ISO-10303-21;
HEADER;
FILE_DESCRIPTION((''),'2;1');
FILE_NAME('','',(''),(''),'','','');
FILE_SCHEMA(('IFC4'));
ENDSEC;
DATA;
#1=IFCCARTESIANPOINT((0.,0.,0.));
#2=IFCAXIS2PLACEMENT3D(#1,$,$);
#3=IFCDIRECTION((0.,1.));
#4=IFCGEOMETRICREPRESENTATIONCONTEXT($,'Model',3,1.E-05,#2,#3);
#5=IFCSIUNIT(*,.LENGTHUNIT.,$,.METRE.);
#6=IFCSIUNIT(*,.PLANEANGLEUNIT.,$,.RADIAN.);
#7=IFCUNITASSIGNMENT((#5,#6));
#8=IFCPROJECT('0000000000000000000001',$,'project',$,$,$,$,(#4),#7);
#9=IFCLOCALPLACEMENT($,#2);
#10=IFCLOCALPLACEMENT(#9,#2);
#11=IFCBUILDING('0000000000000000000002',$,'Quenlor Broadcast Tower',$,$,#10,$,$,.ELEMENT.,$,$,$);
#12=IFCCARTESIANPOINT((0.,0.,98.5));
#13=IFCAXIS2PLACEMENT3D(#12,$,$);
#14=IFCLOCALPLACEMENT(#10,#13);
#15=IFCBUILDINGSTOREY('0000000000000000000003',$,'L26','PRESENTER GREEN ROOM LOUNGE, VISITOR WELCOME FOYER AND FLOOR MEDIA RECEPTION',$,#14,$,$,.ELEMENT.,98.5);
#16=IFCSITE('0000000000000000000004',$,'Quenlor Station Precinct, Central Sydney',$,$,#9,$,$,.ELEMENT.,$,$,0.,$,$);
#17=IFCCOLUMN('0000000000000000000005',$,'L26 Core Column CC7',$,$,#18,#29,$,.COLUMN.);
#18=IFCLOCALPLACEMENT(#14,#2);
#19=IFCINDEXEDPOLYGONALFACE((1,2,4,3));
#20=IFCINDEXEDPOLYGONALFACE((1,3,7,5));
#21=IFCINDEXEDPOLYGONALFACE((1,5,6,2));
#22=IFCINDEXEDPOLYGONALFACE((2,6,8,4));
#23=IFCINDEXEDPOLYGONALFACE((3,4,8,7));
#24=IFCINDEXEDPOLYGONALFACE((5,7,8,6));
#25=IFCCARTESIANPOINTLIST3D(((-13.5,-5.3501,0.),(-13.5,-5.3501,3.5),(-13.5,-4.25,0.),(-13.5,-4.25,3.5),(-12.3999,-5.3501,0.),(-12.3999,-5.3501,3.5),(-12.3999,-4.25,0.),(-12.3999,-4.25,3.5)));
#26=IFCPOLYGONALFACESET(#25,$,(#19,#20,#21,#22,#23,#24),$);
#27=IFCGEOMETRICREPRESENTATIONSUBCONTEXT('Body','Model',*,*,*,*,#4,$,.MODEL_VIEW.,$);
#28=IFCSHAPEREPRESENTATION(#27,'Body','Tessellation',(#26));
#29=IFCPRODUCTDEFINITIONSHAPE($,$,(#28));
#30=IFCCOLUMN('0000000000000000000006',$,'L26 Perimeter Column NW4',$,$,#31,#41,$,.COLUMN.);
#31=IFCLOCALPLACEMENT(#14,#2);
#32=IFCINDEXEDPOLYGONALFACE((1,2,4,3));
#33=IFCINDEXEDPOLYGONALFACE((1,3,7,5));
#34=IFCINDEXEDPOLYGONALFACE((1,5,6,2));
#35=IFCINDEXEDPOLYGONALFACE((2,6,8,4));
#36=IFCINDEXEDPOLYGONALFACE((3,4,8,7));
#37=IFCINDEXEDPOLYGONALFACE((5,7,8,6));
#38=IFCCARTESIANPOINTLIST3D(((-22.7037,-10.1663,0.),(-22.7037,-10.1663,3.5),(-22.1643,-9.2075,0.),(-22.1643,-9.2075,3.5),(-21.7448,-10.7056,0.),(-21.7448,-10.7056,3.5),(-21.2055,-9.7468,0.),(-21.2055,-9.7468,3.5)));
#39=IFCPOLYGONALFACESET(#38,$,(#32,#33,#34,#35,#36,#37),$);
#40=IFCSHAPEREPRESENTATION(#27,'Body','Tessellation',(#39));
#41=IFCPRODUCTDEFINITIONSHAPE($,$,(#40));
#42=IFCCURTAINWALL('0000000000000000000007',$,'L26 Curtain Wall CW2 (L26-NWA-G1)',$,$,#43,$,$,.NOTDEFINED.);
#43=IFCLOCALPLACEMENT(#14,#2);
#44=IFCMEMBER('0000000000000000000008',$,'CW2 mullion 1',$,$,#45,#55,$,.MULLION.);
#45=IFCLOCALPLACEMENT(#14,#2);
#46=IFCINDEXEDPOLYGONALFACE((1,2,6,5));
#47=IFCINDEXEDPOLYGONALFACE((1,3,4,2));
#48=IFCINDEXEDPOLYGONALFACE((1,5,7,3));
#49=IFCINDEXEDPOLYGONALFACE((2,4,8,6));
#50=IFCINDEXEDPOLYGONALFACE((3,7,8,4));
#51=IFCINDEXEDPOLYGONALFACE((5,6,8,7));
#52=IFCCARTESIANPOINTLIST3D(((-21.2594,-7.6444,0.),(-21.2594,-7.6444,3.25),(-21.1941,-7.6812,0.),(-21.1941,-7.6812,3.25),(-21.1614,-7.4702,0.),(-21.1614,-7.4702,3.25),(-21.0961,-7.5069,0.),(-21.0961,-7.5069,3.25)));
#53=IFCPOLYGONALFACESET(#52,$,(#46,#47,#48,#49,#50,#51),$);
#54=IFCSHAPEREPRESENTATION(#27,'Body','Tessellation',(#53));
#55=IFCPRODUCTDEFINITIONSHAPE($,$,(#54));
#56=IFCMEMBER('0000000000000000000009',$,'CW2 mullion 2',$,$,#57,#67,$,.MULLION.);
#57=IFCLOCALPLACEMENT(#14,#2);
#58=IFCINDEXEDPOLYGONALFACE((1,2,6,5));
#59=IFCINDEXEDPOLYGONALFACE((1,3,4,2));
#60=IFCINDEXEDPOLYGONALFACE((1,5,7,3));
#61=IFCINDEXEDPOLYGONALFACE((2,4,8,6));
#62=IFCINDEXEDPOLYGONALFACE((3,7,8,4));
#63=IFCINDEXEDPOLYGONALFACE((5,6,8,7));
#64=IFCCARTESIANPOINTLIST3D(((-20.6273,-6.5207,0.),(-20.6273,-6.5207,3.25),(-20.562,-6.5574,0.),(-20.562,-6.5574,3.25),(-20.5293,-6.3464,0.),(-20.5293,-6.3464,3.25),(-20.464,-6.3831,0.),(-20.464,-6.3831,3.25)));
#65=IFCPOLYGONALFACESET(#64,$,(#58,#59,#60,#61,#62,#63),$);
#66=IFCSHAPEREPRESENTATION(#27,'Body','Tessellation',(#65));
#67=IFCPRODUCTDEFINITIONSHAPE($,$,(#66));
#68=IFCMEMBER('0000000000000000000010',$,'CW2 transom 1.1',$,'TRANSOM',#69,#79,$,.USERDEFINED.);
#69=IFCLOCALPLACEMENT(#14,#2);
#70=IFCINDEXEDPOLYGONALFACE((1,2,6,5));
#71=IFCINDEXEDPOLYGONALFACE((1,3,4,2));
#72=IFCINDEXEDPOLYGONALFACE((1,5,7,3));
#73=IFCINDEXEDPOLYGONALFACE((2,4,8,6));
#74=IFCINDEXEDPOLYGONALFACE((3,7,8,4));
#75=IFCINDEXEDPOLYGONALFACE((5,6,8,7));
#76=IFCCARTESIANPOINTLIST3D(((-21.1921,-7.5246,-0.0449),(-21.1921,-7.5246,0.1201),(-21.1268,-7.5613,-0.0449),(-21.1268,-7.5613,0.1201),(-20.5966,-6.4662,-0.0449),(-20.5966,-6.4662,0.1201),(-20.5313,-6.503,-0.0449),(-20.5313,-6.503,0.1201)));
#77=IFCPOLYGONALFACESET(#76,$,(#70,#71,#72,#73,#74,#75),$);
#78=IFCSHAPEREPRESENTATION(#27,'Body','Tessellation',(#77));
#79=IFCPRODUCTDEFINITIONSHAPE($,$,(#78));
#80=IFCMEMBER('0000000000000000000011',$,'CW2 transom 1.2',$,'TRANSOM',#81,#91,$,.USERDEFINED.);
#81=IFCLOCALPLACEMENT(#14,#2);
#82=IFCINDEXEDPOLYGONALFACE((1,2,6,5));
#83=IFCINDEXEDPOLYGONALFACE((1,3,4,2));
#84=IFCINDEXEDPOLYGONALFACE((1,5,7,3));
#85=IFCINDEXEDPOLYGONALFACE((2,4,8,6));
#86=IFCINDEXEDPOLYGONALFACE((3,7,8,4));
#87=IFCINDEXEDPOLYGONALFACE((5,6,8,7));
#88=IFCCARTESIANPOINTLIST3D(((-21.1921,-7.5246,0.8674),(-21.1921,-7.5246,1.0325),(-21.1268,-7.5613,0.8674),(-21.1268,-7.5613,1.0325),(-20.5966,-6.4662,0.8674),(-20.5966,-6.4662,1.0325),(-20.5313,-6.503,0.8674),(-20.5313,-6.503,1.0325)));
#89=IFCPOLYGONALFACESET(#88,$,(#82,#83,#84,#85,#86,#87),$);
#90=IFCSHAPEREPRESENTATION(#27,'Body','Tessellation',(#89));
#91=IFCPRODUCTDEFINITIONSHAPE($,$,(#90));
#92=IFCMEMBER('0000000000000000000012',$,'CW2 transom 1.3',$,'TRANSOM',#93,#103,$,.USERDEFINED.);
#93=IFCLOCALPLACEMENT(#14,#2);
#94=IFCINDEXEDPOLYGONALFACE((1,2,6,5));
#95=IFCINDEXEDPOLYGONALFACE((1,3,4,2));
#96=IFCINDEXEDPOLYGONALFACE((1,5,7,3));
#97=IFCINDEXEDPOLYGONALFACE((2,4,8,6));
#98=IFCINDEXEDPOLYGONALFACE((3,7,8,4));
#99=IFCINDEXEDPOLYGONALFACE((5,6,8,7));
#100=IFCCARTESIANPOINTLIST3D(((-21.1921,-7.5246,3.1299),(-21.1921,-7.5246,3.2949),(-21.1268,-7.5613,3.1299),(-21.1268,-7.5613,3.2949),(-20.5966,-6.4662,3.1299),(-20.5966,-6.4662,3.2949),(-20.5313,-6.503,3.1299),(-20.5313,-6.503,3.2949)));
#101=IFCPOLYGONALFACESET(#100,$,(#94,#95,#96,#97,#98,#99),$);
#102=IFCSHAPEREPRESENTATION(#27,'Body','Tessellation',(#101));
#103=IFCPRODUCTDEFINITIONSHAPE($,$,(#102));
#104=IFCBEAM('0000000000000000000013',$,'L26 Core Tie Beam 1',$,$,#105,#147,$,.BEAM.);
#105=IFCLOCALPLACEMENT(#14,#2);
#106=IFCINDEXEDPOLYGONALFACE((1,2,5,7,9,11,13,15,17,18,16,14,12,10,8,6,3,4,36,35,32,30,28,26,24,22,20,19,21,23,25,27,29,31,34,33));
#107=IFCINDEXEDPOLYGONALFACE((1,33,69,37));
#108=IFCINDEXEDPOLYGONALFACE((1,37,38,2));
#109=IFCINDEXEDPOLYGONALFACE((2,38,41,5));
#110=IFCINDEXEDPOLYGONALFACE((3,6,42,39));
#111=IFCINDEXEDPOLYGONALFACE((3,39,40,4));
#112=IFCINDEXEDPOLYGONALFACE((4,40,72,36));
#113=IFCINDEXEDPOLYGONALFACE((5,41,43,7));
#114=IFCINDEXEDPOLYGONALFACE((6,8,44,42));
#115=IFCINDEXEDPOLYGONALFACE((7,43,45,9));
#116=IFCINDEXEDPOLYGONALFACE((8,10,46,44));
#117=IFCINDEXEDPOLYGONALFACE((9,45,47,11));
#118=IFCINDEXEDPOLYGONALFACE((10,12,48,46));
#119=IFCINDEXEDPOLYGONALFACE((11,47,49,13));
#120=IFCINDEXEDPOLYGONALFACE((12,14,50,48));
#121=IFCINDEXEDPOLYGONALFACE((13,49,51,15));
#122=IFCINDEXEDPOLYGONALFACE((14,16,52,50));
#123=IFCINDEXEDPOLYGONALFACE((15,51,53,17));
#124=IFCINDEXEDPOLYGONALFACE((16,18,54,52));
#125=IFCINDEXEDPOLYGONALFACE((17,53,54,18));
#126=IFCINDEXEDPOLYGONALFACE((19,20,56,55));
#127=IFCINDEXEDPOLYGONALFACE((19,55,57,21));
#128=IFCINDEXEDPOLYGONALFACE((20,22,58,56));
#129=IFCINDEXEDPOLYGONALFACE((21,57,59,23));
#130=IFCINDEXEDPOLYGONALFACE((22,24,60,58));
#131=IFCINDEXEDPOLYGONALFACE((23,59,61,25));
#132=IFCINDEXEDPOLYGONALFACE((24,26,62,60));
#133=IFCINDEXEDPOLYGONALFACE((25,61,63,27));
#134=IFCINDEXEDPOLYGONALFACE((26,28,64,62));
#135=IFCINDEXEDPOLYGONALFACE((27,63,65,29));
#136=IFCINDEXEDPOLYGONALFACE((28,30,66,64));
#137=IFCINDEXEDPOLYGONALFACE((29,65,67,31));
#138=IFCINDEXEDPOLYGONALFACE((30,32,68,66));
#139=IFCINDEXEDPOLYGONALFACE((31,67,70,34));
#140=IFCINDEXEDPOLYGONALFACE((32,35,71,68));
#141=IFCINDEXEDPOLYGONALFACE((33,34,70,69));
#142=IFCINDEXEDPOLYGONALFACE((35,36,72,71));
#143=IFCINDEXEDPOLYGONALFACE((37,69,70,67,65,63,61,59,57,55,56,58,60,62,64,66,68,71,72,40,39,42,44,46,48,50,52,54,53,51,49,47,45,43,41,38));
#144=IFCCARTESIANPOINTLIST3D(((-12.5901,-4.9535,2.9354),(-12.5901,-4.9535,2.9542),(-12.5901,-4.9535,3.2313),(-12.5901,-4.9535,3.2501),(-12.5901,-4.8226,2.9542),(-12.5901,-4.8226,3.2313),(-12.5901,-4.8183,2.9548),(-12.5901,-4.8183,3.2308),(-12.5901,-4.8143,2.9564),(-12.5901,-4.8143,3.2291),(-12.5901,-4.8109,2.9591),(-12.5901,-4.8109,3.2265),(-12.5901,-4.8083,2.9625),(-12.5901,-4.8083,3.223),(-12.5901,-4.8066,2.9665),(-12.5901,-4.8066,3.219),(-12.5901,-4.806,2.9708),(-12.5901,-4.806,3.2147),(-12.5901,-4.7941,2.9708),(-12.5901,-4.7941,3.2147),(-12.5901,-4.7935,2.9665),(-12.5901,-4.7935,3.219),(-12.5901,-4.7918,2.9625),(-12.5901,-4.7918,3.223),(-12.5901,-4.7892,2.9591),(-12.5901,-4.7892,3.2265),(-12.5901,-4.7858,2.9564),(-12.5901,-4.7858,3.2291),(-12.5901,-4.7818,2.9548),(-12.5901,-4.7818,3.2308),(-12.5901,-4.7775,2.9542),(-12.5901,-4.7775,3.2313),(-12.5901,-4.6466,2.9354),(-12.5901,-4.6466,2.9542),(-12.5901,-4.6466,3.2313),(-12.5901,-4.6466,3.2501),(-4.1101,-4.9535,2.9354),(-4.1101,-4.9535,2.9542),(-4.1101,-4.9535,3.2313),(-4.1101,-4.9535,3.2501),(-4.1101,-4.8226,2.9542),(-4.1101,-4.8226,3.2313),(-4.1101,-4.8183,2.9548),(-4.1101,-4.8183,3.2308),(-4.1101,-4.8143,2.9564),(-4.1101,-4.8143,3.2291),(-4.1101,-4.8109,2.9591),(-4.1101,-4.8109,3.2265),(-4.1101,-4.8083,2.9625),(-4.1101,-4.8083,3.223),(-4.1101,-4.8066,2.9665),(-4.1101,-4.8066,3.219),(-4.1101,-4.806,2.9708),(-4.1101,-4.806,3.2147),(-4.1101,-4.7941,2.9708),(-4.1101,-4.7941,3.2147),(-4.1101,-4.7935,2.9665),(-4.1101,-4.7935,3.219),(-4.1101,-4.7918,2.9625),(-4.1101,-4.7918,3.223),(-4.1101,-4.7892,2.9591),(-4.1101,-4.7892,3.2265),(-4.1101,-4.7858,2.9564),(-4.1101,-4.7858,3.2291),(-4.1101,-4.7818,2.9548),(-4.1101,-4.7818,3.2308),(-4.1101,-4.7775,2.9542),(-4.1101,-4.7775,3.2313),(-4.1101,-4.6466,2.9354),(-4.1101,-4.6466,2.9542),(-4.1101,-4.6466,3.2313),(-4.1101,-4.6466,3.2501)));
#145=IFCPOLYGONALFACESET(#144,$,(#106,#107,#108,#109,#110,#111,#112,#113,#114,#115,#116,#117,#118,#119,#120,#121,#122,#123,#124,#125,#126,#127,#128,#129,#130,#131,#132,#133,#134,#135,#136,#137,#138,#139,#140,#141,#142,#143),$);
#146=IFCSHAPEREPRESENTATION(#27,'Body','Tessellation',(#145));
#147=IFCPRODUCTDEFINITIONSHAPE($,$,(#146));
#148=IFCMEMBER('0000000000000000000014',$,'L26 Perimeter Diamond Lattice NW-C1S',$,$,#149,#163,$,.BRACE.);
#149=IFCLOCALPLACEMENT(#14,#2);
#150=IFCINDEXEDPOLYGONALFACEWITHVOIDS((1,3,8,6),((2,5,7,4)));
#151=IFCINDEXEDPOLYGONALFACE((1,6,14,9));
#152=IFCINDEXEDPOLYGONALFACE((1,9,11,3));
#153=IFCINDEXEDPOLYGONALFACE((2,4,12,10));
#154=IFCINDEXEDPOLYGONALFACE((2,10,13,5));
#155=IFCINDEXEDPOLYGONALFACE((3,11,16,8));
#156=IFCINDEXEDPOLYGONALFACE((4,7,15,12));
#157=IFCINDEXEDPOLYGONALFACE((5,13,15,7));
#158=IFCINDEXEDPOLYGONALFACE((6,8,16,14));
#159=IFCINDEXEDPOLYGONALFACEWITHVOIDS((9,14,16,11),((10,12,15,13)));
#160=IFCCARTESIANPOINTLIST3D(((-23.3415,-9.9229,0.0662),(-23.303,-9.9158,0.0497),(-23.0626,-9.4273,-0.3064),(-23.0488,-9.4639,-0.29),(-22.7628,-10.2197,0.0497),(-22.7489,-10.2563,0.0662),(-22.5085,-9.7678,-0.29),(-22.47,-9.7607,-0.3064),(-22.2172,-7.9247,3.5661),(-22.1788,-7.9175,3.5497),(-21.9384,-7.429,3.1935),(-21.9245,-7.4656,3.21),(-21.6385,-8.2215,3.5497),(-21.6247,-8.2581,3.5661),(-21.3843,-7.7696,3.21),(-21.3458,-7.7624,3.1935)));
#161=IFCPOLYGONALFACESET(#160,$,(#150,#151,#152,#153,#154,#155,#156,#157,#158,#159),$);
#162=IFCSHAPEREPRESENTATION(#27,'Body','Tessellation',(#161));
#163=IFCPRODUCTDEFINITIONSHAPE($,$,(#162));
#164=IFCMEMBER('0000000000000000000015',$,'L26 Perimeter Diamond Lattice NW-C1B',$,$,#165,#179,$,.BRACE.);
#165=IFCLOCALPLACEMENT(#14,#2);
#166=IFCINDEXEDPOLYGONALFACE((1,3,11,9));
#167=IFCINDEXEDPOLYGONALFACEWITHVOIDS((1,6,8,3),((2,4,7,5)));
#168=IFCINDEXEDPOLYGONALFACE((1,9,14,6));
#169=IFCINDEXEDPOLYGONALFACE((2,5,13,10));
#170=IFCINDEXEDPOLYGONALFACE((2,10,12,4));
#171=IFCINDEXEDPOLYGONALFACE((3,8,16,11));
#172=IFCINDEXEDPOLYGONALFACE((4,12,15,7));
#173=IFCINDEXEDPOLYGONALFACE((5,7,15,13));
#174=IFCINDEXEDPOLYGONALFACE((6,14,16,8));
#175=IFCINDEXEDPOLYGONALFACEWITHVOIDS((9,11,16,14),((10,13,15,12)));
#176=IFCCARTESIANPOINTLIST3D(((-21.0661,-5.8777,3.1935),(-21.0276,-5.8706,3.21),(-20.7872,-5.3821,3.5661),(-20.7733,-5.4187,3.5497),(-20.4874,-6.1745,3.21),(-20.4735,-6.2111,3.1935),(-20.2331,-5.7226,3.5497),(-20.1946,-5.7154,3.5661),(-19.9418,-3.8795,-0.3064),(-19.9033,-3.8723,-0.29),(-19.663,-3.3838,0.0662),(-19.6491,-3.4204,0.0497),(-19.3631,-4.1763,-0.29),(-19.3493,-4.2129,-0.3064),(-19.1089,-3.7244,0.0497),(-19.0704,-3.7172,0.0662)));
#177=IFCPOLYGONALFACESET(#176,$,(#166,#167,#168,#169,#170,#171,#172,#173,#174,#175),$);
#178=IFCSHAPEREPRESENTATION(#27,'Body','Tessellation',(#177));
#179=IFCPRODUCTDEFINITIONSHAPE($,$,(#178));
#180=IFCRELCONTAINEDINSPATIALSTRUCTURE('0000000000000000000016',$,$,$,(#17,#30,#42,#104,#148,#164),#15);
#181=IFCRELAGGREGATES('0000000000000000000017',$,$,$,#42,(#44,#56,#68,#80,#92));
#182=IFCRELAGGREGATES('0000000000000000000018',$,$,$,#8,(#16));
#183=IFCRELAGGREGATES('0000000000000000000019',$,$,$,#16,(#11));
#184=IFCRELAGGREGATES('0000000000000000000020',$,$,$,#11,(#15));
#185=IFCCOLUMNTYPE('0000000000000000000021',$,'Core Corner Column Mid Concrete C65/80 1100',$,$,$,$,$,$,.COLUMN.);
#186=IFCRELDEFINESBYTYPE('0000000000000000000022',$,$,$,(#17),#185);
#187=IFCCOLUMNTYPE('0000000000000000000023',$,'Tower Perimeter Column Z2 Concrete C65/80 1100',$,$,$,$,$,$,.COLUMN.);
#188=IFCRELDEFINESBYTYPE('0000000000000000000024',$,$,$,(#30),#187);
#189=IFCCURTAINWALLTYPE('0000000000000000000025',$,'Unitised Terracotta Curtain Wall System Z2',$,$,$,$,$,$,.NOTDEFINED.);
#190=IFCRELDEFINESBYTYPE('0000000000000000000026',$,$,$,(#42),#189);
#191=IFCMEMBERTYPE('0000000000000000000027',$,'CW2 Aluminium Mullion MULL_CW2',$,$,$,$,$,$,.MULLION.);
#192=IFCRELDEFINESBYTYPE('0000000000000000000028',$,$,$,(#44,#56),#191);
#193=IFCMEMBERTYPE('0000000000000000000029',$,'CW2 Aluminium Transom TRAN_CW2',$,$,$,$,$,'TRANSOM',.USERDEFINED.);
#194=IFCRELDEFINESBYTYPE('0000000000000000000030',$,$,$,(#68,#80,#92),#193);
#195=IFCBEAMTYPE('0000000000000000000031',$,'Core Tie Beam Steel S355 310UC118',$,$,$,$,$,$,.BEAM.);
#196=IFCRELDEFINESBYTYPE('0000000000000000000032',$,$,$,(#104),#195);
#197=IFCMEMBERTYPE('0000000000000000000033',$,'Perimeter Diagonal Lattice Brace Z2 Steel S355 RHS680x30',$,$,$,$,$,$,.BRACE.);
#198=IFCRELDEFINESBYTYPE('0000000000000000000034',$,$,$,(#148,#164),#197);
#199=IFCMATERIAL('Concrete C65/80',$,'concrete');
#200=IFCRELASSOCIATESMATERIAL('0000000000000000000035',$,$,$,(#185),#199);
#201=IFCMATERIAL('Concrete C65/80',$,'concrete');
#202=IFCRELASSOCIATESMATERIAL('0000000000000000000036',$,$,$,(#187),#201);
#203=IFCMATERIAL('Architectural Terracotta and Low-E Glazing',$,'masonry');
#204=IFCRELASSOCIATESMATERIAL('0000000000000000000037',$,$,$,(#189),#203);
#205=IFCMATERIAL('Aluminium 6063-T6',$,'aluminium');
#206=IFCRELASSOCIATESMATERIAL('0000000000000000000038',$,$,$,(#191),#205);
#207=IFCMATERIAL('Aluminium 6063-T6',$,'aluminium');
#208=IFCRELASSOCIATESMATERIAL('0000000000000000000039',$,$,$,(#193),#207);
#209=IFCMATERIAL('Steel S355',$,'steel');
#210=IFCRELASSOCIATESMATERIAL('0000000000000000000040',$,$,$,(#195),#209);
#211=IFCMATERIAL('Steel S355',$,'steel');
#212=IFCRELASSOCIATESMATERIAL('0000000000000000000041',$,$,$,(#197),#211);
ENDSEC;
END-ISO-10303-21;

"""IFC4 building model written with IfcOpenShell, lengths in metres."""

from ifc_helpers import new_model, si_unit, direction, frame, origin, origin_2d, place, context, subcontext, project, spatial, rectangle, hollow_rectangle, i_section, extrude, material, material_profile, profile_set, type_object, element, aggregate, save


model = new_model("IFC4")

# Units and contexts
model_context = context("Model", 3, precision=1e-05, world=origin(), true_north=direction((0.0, 1.0)))
body_context = subcontext(model_context, "Body", "Model", "MODEL_VIEW")
ifc_project = project(units=[si_unit("LENGTHUNIT", "METRE"), si_unit("PLANEANGLEUNIT", "RADIAN")], contexts=[model_context])

# Site, building, storey
site_placement = place(None, origin())
site = spatial("IfcSite", under=ifc_project, at=site_placement, Name="Quenlor Station Precinct, Central Sydney", CompositionType="ELEMENT", RefElevation=0.0)
building_placement = place(site_placement, origin())
building = spatial("IfcBuilding", under=site, at=building_placement, Name="Quenlor Broadcast Tower", CompositionType="ELEMENT")
storey_placement = place(building_placement, frame((0.0, 0.0, 98.5)))
storey = spatial("IfcBuildingStorey", under=building, at=storey_placement, Name="L26", Description="PRESENTER GREEN ROOM LOUNGE, VISITOR WELCOME FOYER AND FLOOR MEDIA RECEPTION", CompositionType="ELEMENT", Elevation=98.5)

# Columns
ifc_material_1 = material(Name="Concrete C65/80", Category="concrete")
ifc_material_profile_1 = material_profile(ifc_material_1, rectangle(XDim=1.1001, YDim=1.1001, at=origin_2d()))
ifc_profile_set_1 = profile_set([ifc_material_profile_1], Name="Concrete C65/80 RC1100x1100")
column_type_1 = type_object("IfcColumnType", Name="Core Corner Column Mid Concrete C65/80 1100", PredefinedType="COLUMN", material=ifc_profile_set_1)
column_1_placement = place(storey_placement, frame((-12.95, -4.8, 0.0), z_axis=(0.0, 0.0, 1.0), x_axis=(1.0, 0.0, 0.0)))
element("IfcColumn", 1, at=column_1_placement, inside=storey, type_object=column_type_1, Name="L26 Core Column CC7", PredefinedType="COLUMN", context=body_context, shape_type="SweptSolid", body=[
    extrude(rectangle(XDim=1.1001, YDim=1.1001, at=origin_2d()), origin(), (0.0, 0.0, 1.0), 3.5),
])
ifc_material_2 = material(Name="Concrete C65/80", Category="concrete")
ifc_material_profile_2 = material_profile(ifc_material_2, rectangle(XDim=1.1001, YDim=1.1001, at=origin_2d()))
ifc_profile_set_2 = profile_set([ifc_material_profile_2], Name="Concrete C65/80 RC1100x1100")
column_type_2 = type_object("IfcColumnType", Name="Tower Perimeter Column Z2 Concrete C65/80 1100", PredefinedType="COLUMN", material=ifc_profile_set_2)
column_2_placement = place(storey_placement, frame((-21.9546, -9.9565, 0.0), z_axis=(0.0, 0.0, 1.0), x_axis=(-0.871575, 0.490262, 0.0)))
element("IfcColumn", 2, at=column_2_placement, inside=storey, type_object=column_type_2, Name="L26 Perimeter Column NW4", PredefinedType="COLUMN", context=body_context, shape_type="SweptSolid", body=[
    extrude(rectangle(XDim=1.1001, YDim=1.1001, at=origin_2d()), origin(), (0.0, 0.0, 1.0), 3.5),
])

# Curtain wall, members
ifc_material_3 = material(Name="Architectural Terracotta and Low-E Glazing", Category="masonry")
curtain_wall_type = type_object("IfcCurtainWallType", Name="Unitised Terracotta Curtain Wall System Z2", PredefinedType="NOTDEFINED", material=ifc_material_3)
curtain_wall_placement = place(storey_placement, origin())
curtain_wall = element("IfcCurtainWall", 3, at=curtain_wall_placement, inside=storey, type_object=curtain_wall_type, Name="L26 Curtain Wall CW2 (L26-NWA-G1)", PredefinedType="NOTDEFINED")
ifc_material_4 = material(Name="Aluminium 6063-T6", Category="aluminium")
ifc_material_profile_3 = material_profile(ifc_material_4, rectangle(XDim=0.075, YDim=0.2, at=origin_2d()))
ifc_profile_set_3 = profile_set([ifc_material_profile_3], Name="Aluminium 6063-T6 MULL75x200")
member_type_1 = type_object("IfcMemberType", Name="CW2 Aluminium Mullion MULL_CW2", PredefinedType="MULLION", material=ifc_profile_set_3)
member_1_placement = place(storey_placement, frame((-21.1777, -7.5757, 0.0), z_axis=(0.0, 0.0, 1.0), x_axis=(-0.871566, 0.490279, 0.0)))
member_1 = element("IfcMember", 4, at=member_1_placement, type_object=member_type_1, Name="CW2 mullion 1", PredefinedType="MULLION", context=body_context, shape_type="SweptSolid", body=[
    extrude(rectangle(XDim=0.075, YDim=0.2, at=origin_2d()), origin(), (0.0, 0.0, 1.0), 3.25),
])
member_2_placement = place(storey_placement, frame((-20.5457, -6.4519, 0.0), z_axis=(0.0, 0.0, 1.0), x_axis=(-0.871566, 0.490279, 0.0)))
member_2 = element("IfcMember", 5, at=member_2_placement, type_object=member_type_1, Name="CW2 mullion 2", PredefinedType="MULLION", context=body_context, shape_type="SweptSolid", body=[
    extrude(rectangle(XDim=0.075, YDim=0.2, at=origin_2d()), origin(), (0.0, 0.0, 1.0), 3.25),
])
ifc_material_5 = material(Name="Aluminium 6063-T6", Category="aluminium")
ifc_material_profile_4 = material_profile(ifc_material_5, rectangle(XDim=0.075, YDim=0.165, at=origin_2d()))
ifc_profile_set_4 = profile_set([ifc_material_profile_4], Name="Aluminium 6063-T6 TRAN75x165")
member_type_2 = type_object("IfcMemberType", Name="CW2 Aluminium Transom TRAN_CW2", ElementType="TRANSOM", PredefinedType="USERDEFINED", material=ifc_profile_set_4)
member_3_placement = place(storey_placement, frame((-21.1594, -7.543, 0.0376), z_axis=(0.490347, 0.871527, 0.0), x_axis=(-0.871527, 0.490347, 0.0)))
member_3 = element("IfcMember", 6, at=member_3_placement, type_object=member_type_2, Name="CW2 transom 1.1", ObjectType="TRANSOM", PredefinedType="USERDEFINED", context=body_context, shape_type="SweptSolid", body=[
    extrude(rectangle(XDim=0.075, YDim=0.165, at=origin_2d()), origin(), (0.0, 0.0, 1.0), 1.2144),
])
member_4_placement = place(storey_placement, frame((-21.1594, -7.543, 0.95), z_axis=(0.490347, 0.871527, 0.0), x_axis=(-0.871527, 0.490347, 0.0)))
member_4 = element("IfcMember", 7, at=member_4_placement, type_object=member_type_2, Name="CW2 transom 1.2", ObjectType="TRANSOM", PredefinedType="USERDEFINED", context=body_context, shape_type="SweptSolid", body=[
    extrude(rectangle(XDim=0.075, YDim=0.165, at=origin_2d()), origin(), (0.0, 0.0, 1.0), 1.2144),
])
member_5_placement = place(storey_placement, frame((-21.1594, -7.543, 3.2124), z_axis=(0.490347, 0.871527, 0.0), x_axis=(-0.871527, 0.490347, 0.0)))
member_5 = element("IfcMember", 8, at=member_5_placement, type_object=member_type_2, Name="CW2 transom 1.3", ObjectType="TRANSOM", PredefinedType="USERDEFINED", context=body_context, shape_type="SweptSolid", body=[
    extrude(rectangle(XDim=0.075, YDim=0.165, at=origin_2d()), origin(), (0.0, 0.0, 1.0), 1.2144),
])

# Beam
ifc_material_6 = material(Name="Steel S355", Category="steel")
ifc_material_profile_5 = material_profile(ifc_material_6, i_section(OverallWidth=0.3069, OverallDepth=0.3147, WebThickness=0.012, FlangeThickness=0.0188, FilletRadius=0.0166, at=origin_2d()))
ifc_profile_set_5 = profile_set([ifc_material_profile_5], Name="Steel S355 310UC118")
beam_type_1 = type_object("IfcBeamType", Name="Core Tie Beam Steel S355 310UC118", PredefinedType="BEAM", material=ifc_profile_set_5)
beam_1_placement = place(storey_placement, frame((-12.5901, -4.8, 3.0928), z_axis=(1.0, 0.0, 0.0), x_axis=(0.0, 1.0, 0.0)))
element("IfcBeam", 9, at=beam_1_placement, inside=storey, type_object=beam_type_1, Name="L26 Core Tie Beam 1", PredefinedType="BEAM", context=body_context, shape_type="SweptSolid", body=[
    extrude(i_section(OverallWidth=0.3069, OverallDepth=0.3147, WebThickness=0.012, FlangeThickness=0.0188, FilletRadius=0.0166, at=origin_2d()), origin(), (0.0, 0.0, 1.0), 8.48),
])

# Members
ifc_material_7 = material(Name="Steel S355", Category="steel")
ifc_material_profile_6 = material_profile(ifc_material_7, hollow_rectangle(XDim=0.6799, YDim=0.6799, WallThickness=0.03, at=origin_2d()))
ifc_profile_set_6 = profile_set([ifc_material_profile_6], Name="Steel S355 RHS680x680x30")
member_type_3 = type_object("IfcMemberType", Name="Perimeter Diagonal Lattice Brace Z2 Steel S355 RHS680x30", PredefinedType="BRACE", material=ifc_profile_set_6)
for number, where, z_axis, x_axis, name in (
    (10, (-22.9058, -9.8418, -0.1201), (0.268697, 0.477585, 0.836489), (-0.871533, 0.490337, 0.0), "L26 Perimeter Diamond Lattice NW-C1S"),
    (11, (-19.5061, -3.7983, -0.1201), (-0.268697, -0.477585, 0.836489), (0.871533, -0.490337, 0.0), "L26 Perimeter Diamond Lattice NW-C1B"),
):
    element("IfcMember", number, at=place(storey_placement, frame(where, z_axis=z_axis, x_axis=x_axis)), inside=storey, type_object=member_type_3, Name=name, PredefinedType="BRACE", context=body_context, shape_type="SweptSolid", body=[
        extrude(hollow_rectangle(XDim=0.6799, YDim=0.6799, WallThickness=0.03, at=origin_2d()), origin(), (0.0, 0.0, 1.0), 4.1841),
    ])

aggregate(curtain_wall, [member_1, member_2, member_3, member_4, member_5])

save(model, "model.ifc")
